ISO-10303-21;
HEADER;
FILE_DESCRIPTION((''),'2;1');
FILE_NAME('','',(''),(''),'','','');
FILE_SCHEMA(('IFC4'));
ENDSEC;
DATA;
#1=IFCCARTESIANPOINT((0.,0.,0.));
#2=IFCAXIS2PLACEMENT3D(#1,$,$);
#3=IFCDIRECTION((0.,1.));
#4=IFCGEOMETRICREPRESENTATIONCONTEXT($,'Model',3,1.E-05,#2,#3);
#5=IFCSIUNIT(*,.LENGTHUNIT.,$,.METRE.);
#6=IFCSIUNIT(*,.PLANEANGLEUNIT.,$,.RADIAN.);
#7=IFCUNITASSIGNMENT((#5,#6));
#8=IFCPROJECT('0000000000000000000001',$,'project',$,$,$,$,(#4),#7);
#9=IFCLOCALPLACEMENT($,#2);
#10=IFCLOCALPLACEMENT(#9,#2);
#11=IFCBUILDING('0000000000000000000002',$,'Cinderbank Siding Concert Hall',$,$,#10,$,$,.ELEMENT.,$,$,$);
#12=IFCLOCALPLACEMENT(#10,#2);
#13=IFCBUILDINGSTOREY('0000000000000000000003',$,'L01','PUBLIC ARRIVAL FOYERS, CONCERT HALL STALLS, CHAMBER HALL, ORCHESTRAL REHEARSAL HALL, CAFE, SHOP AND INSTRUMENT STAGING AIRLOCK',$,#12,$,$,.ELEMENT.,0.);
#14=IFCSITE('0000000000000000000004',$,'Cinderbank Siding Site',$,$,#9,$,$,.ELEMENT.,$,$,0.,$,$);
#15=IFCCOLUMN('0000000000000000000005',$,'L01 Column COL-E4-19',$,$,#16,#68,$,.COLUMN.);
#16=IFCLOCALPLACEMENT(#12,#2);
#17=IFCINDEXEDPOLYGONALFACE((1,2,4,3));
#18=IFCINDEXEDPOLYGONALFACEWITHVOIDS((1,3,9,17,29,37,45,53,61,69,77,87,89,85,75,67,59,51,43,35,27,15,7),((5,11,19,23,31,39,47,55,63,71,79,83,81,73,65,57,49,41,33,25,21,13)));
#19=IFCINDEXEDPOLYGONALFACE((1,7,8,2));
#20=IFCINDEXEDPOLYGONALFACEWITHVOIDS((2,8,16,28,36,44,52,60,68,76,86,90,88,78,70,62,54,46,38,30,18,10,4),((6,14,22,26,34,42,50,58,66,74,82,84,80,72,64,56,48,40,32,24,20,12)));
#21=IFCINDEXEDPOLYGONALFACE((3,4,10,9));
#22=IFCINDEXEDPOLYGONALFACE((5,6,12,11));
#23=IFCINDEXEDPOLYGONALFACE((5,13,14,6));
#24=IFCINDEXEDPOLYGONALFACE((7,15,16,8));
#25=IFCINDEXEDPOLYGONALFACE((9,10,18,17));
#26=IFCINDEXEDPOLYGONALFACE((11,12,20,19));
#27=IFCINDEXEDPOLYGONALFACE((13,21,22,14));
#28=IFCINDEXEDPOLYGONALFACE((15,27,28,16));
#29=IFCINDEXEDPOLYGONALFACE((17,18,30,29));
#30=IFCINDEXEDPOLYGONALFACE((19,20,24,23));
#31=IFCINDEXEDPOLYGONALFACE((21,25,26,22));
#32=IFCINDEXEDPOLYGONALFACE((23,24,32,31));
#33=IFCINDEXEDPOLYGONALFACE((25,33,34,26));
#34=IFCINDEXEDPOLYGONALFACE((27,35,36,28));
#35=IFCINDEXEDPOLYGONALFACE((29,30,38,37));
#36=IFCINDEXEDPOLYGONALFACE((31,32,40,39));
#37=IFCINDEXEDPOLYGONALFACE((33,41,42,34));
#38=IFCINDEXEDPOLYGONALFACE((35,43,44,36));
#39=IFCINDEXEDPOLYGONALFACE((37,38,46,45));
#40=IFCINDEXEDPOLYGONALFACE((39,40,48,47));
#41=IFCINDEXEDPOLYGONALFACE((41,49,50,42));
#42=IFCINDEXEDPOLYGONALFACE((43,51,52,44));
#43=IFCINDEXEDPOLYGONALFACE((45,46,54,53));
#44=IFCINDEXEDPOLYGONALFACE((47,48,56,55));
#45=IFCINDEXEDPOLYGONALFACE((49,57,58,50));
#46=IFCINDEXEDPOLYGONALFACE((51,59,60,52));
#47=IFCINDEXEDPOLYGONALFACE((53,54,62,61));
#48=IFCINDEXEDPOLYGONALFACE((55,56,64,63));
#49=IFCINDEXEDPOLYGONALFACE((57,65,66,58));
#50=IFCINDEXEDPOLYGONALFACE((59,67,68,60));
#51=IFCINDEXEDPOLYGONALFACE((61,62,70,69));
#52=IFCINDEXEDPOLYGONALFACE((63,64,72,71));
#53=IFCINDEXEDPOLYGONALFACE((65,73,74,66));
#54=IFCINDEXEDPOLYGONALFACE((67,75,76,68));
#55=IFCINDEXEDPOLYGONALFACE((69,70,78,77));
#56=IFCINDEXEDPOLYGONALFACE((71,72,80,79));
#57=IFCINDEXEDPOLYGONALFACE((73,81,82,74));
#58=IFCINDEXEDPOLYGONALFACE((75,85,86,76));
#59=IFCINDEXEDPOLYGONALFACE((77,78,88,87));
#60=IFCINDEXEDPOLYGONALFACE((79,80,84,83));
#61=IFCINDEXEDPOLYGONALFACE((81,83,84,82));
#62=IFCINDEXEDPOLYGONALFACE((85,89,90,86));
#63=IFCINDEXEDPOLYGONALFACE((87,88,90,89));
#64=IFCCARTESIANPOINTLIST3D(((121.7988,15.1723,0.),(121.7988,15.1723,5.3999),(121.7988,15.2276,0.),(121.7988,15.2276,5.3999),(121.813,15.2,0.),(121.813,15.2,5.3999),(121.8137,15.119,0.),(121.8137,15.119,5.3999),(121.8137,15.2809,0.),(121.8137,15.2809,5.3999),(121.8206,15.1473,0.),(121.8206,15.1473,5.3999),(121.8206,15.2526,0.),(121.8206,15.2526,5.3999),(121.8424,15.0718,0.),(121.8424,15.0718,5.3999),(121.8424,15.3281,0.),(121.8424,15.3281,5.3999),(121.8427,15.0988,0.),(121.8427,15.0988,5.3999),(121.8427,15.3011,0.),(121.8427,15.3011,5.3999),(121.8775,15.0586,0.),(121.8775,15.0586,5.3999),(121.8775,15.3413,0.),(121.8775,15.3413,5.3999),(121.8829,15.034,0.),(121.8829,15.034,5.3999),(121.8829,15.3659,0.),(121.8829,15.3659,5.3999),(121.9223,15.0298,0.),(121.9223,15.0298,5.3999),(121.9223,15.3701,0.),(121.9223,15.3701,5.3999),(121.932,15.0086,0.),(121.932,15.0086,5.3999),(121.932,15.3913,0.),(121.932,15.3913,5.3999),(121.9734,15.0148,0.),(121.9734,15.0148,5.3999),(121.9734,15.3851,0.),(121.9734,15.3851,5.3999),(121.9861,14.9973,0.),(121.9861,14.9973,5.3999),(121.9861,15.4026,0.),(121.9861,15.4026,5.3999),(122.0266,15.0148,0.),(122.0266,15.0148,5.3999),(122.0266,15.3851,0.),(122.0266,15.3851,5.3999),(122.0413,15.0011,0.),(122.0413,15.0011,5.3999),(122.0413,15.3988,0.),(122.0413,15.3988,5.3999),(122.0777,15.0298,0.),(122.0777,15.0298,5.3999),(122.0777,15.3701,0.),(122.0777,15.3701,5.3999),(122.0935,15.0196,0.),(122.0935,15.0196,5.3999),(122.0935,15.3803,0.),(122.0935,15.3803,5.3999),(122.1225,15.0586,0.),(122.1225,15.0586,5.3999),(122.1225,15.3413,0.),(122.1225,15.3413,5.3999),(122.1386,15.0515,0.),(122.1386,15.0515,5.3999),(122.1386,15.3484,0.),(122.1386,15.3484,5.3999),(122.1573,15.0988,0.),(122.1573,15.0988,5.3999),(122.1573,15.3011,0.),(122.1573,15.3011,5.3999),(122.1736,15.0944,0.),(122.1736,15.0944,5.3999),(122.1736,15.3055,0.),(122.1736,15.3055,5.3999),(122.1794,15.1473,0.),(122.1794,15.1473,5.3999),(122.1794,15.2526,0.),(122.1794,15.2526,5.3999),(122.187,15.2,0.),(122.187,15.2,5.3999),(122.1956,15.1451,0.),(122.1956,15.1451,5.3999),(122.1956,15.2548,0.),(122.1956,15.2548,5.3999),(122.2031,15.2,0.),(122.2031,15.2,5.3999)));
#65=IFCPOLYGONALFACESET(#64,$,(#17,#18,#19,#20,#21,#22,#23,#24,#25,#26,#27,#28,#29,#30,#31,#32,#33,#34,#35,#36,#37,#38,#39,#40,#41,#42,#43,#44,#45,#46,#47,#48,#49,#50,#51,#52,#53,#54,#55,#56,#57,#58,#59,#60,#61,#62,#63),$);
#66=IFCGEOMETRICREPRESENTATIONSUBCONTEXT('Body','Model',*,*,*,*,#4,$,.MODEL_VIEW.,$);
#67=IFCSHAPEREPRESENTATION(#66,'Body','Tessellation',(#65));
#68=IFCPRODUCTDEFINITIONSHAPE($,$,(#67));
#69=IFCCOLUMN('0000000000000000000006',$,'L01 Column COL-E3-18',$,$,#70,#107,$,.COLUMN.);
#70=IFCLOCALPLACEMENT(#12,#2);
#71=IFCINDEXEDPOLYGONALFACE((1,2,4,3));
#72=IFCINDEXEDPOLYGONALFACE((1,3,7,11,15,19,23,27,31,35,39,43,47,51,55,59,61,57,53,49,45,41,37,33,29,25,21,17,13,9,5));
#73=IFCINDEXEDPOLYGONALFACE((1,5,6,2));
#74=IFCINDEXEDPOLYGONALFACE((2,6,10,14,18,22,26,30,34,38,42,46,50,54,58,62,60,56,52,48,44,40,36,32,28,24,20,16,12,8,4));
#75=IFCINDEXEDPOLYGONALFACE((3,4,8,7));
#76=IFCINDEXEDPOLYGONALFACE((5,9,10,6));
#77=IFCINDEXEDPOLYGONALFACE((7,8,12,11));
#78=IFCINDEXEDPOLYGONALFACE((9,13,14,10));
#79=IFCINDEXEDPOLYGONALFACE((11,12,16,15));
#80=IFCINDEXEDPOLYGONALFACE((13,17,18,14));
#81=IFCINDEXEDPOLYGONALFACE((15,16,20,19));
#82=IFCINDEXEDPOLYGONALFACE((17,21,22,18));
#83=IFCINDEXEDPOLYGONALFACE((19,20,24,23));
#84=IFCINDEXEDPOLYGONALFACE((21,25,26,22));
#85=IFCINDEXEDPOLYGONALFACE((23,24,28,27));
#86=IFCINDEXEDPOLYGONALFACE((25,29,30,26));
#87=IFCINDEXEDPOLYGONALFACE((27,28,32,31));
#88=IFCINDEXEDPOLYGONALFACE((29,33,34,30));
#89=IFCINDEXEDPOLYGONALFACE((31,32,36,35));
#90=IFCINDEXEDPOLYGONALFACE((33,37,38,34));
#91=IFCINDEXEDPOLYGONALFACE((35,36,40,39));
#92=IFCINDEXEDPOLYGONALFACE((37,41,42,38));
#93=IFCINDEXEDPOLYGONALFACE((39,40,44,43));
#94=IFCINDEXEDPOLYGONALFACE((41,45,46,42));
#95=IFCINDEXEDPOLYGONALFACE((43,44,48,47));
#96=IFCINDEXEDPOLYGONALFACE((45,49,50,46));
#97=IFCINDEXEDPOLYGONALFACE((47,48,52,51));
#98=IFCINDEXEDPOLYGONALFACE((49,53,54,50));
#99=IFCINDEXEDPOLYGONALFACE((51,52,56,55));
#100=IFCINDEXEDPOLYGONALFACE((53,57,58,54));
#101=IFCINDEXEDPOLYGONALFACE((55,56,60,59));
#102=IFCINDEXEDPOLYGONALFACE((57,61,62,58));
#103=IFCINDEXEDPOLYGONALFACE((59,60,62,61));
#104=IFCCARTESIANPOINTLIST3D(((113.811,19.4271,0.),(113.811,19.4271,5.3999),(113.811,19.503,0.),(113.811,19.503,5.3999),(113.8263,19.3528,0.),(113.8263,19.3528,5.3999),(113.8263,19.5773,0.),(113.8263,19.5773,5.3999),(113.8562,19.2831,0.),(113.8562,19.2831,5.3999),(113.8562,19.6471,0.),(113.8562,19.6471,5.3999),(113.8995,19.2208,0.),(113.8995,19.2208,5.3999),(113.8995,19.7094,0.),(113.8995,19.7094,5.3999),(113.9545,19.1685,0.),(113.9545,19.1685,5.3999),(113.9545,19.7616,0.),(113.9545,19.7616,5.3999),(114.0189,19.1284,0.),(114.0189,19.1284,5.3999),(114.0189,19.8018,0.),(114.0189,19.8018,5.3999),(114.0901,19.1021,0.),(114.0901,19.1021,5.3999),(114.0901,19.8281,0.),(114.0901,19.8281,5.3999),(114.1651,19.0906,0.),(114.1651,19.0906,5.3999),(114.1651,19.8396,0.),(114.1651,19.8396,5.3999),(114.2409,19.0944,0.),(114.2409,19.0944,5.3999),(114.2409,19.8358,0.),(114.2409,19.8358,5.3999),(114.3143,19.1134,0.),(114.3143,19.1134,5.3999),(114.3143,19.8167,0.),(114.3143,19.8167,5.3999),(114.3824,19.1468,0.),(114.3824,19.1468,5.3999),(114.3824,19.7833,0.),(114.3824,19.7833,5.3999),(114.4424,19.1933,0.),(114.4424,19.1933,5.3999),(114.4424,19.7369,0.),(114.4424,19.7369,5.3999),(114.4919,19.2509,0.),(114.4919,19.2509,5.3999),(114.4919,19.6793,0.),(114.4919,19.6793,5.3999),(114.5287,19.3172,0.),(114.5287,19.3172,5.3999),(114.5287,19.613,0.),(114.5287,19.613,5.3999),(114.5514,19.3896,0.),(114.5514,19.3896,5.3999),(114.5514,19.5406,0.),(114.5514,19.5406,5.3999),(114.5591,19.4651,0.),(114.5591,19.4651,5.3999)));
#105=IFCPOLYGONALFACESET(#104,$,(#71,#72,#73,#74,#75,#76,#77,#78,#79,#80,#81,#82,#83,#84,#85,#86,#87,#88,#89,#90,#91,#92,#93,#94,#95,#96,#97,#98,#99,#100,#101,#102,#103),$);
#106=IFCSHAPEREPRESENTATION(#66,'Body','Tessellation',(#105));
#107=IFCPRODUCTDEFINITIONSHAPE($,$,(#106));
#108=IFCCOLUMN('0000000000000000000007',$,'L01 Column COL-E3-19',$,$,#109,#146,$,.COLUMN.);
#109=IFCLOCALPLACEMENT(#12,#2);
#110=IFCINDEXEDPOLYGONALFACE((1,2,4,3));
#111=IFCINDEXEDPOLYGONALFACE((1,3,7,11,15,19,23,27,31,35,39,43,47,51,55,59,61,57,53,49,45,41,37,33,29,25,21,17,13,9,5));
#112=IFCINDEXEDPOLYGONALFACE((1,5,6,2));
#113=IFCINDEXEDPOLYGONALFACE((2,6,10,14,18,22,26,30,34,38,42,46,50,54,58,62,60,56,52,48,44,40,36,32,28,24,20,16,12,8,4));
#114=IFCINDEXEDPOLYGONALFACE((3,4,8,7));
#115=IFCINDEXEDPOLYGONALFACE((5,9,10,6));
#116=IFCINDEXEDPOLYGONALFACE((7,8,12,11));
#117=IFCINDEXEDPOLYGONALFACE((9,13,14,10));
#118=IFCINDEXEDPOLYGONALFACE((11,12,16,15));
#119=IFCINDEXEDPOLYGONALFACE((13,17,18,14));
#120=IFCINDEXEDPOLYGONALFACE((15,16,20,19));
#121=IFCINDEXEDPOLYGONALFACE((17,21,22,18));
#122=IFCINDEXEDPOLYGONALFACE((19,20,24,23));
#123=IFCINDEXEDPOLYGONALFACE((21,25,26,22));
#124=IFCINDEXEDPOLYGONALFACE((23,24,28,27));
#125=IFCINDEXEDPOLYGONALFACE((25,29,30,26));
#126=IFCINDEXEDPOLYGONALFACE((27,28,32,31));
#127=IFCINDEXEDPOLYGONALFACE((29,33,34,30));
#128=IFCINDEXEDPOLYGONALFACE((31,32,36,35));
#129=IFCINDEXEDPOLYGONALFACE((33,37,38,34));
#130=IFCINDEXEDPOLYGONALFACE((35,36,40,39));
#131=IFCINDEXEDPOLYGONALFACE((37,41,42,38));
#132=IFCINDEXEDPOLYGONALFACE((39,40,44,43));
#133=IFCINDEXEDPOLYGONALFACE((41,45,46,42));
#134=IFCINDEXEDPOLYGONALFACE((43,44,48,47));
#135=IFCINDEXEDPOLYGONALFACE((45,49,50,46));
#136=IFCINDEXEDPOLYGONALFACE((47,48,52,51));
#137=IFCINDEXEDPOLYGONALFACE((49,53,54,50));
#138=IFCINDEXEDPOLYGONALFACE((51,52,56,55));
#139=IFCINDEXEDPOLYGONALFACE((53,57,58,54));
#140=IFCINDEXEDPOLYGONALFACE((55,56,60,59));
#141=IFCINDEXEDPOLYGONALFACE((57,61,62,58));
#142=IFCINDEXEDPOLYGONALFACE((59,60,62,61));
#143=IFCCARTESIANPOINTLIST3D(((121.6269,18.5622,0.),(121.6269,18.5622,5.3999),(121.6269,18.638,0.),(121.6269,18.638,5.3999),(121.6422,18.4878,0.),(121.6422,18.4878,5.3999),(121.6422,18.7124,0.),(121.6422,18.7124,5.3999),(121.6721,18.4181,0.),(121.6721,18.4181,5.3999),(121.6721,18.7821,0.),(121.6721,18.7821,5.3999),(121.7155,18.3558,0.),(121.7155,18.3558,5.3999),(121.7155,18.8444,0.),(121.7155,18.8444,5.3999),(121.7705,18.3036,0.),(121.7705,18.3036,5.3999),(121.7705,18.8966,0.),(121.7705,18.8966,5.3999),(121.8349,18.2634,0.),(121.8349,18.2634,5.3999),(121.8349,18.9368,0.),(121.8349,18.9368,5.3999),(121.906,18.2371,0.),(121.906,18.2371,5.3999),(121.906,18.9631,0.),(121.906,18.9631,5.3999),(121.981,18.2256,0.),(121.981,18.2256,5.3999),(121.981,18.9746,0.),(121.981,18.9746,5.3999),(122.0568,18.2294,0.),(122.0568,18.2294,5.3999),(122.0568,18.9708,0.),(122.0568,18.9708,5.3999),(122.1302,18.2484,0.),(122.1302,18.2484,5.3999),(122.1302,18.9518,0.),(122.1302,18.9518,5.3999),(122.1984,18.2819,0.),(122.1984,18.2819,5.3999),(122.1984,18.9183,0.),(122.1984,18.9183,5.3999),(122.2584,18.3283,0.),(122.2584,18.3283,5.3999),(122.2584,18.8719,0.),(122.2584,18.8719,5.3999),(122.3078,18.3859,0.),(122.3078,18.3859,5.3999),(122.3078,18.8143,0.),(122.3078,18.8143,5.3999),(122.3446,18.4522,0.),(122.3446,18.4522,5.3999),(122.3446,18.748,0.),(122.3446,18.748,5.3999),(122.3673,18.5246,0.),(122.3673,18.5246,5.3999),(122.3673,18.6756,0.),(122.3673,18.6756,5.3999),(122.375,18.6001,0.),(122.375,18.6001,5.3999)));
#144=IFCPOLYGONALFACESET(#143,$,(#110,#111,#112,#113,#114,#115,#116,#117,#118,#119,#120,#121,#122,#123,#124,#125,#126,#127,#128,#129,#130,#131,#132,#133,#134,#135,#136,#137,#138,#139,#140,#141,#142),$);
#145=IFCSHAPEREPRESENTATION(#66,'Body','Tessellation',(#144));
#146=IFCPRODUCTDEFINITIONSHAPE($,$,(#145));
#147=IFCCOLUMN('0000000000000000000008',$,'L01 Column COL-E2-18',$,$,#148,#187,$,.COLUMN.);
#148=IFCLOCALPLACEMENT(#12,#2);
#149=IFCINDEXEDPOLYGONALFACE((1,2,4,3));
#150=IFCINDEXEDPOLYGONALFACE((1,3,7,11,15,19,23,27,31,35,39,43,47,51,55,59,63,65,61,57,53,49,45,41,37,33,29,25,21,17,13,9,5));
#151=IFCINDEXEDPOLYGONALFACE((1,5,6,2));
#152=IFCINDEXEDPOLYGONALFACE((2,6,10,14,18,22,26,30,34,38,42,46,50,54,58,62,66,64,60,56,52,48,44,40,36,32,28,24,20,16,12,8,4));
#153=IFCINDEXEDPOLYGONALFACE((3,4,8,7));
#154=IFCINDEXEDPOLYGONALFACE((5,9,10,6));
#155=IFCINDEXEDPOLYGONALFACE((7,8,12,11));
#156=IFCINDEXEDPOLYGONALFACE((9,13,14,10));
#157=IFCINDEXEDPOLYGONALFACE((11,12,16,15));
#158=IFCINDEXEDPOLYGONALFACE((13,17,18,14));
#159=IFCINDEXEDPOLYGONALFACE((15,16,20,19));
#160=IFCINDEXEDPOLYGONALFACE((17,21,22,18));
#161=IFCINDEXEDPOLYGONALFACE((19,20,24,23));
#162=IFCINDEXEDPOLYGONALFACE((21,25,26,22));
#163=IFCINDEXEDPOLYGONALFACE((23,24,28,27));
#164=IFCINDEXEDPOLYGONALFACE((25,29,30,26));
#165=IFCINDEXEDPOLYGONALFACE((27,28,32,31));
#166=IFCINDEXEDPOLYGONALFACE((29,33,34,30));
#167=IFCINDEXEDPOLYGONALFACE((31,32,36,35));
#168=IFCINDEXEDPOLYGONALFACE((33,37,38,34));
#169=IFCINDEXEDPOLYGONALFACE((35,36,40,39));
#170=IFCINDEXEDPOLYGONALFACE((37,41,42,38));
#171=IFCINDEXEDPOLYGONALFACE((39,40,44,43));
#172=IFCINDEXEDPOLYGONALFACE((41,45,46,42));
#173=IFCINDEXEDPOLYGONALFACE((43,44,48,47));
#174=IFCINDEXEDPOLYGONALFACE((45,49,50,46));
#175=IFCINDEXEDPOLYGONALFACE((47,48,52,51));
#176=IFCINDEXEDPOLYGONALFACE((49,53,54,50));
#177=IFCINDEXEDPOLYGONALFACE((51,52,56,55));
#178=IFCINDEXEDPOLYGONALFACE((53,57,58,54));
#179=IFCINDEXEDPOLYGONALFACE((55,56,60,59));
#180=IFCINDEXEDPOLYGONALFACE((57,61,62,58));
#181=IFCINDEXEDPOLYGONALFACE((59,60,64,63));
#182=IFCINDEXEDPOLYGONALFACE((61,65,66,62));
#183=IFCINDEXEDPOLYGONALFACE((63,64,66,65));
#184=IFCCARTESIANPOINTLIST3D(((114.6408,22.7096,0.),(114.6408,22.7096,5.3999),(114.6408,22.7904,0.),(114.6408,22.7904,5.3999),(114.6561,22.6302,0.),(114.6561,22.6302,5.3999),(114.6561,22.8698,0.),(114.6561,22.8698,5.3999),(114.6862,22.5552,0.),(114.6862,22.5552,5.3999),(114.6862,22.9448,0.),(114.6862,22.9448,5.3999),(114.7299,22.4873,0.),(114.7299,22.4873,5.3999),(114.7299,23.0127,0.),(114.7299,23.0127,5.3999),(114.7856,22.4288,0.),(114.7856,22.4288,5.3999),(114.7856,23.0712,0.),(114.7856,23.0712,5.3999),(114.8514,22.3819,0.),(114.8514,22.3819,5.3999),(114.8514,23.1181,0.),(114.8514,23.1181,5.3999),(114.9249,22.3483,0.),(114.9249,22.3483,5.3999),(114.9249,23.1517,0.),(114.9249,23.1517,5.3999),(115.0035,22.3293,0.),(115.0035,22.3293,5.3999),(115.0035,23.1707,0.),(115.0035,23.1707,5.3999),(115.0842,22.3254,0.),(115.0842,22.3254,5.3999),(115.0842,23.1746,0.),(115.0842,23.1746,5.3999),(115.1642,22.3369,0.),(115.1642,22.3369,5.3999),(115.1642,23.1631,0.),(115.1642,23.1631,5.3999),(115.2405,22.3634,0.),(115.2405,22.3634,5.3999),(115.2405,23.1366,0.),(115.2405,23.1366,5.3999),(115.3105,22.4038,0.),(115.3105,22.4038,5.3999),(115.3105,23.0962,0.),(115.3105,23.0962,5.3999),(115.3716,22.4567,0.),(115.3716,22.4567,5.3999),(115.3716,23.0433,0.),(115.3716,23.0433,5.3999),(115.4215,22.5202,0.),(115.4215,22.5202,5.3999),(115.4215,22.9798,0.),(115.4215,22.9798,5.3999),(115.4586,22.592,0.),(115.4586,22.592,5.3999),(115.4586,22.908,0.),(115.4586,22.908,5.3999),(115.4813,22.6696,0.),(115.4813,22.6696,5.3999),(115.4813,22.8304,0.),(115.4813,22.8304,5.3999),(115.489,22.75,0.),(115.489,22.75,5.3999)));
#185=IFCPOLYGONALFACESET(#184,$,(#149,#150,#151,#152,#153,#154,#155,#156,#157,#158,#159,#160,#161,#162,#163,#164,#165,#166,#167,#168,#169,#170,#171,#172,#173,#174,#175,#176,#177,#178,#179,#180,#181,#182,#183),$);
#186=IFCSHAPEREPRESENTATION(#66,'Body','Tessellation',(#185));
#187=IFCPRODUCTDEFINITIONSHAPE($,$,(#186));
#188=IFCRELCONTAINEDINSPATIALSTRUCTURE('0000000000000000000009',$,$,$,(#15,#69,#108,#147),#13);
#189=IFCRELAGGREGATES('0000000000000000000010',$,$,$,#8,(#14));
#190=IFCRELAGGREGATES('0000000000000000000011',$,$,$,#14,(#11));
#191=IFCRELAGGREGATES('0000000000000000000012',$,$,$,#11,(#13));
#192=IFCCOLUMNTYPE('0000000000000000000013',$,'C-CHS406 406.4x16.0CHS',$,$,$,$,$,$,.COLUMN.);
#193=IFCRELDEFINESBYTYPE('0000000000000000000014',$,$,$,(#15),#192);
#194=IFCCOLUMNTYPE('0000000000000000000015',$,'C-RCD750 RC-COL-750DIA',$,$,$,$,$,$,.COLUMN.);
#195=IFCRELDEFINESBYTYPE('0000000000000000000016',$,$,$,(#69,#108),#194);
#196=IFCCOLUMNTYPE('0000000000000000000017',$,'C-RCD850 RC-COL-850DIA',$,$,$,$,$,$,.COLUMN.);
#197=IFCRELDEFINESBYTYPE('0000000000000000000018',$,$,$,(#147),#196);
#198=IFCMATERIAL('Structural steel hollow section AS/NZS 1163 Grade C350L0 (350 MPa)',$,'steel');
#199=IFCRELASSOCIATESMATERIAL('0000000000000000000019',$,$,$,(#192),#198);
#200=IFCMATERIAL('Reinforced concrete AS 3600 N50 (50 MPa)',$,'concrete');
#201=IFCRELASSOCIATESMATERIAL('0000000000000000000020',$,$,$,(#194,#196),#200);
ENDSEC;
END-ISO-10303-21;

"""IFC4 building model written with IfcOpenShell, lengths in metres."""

from ifc_helpers import new_model, si_unit, direction, frame, origin, origin_2d, place, context, subcontext, project, spatial, circle, hollow_circle, extrude, material, material_profile, profile_set, type_object, element, save


model = new_model("IFC4")

# Units and contexts
model_context = context("Model", 3, precision=1e-05, world=origin(), true_north=direction((0.0, 1.0)))
body_context = subcontext(model_context, "Body", "Model", "MODEL_VIEW")
ifc_project = project(units=[si_unit("LENGTHUNIT", "METRE"), si_unit("PLANEANGLEUNIT", "RADIAN")], contexts=[model_context])

# Site, building, storey
site_placement = place(None, origin())
site = spatial("IfcSite", under=ifc_project, at=site_placement, Name="Cinderbank Siding Site", CompositionType="ELEMENT", RefElevation=0.0)
building_placement = place(site_placement, origin())
building = spatial("IfcBuilding", under=site, at=building_placement, Name="Cinderbank Siding Concert Hall", CompositionType="ELEMENT")
storey_placement = place(building_placement, origin())
storey = spatial("IfcBuildingStorey", under=building, at=storey_placement, Name="L01", Description="PUBLIC ARRIVAL FOYERS, CONCERT HALL STALLS, CHAMBER HALL, ORCHESTRAL REHEARSAL HALL, CAFE, SHOP AND INSTRUMENT STAGING AIRLOCK", CompositionType="ELEMENT", Elevation=0.0)

# Columns
ifc_material_1 = material(Name="Structural steel hollow section AS/NZS 1163 Grade C350L0 (350 MPa)", Category="steel")
ifc_material_profile_1 = material_profile(ifc_material_1, hollow_circle(Radius=0.2031, WallThickness=0.0161, at=origin_2d()), Name="406.4x16.0CHS", Category="LoadBearing")
ifc_profile_set_1 = profile_set([ifc_material_profile_1], Name="Structural steel hollow section AS/NZS 1163 Grade C350L0 (350 MPa)")
column_type_1 = type_object("IfcColumnType", Name="C-CHS406 406.4x16.0CHS", PredefinedType="COLUMN", material=ifc_profile_set_1)
column_placement = place(storey_placement, frame((122.0, 15.2, 0.0), z_axis=(0.0, 0.0, 1.0), x_axis=(1.0, 0.0, 0.0)))
element("IfcColumn", 1, at=column_placement, inside=storey, type_object=column_type_1, Name="L01 Column COL-E4-19", PredefinedType="COLUMN", context=body_context, shape_type="SweptSolid", body=[
    extrude(hollow_circle(Radius=0.2031, WallThickness=0.0161, at=origin_2d()), origin(), (0.0, 0.0, 1.0), 5.3999),
])
ifc_material_2 = material(Name="Reinforced concrete AS 3600 N50 (50 MPa)", Category="concrete")
ifc_material_profile_2 = material_profile(ifc_material_2, circle(Radius=0.375, at=origin_2d()), Name="RC-COL-750DIA", Category="LoadBearing")
ifc_profile_set_2 = profile_set([ifc_material_profile_2], Name="Reinforced concrete AS 3600 N50 (50 MPa)")
column_type_2 = type_object("IfcColumnType", Name="C-RCD750 RC-COL-750DIA", PredefinedType="COLUMN", material=ifc_profile_set_2)
for number, where, z_axis, x_axis, name in (
    (2, (114.1841, 19.4651, 0.0), (0.0, 0.0, 1.0), (1.0, 0.0, 0.0), "L01 Column COL-E3-18"),
    (3, (122.0, 18.6001, 0.0), (0.0, 0.0, 1.0), (1.0, 0.0, 0.0), "L01 Column COL-E3-19"),
):
    element("IfcColumn", number, at=place(storey_placement, frame(where, z_axis=z_axis, x_axis=x_axis)), inside=storey, type_object=column_type_2, Name=name, PredefinedType="COLUMN", context=body_context, shape_type="SweptSolid", body=[
        extrude(circle(Radius=0.375, at=origin_2d()), origin(), (0.0, 0.0, 1.0), 5.3999),
    ])
ifc_material_profile_3 = material_profile(ifc_material_2, circle(Radius=0.425, at=origin_2d()), Name="RC-COL-850DIA", Category="LoadBearing")
ifc_profile_set_3 = profile_set([ifc_material_profile_3], Name="Reinforced concrete AS 3600 N50 (50 MPa)")
column_type_3 = type_object("IfcColumnType", Name="C-RCD850 RC-COL-850DIA", PredefinedType="COLUMN", material=ifc_profile_set_3)
for number, where, z_axis, x_axis, name in (
    (4, (115.064, 22.75, 0.0), (0.0, 0.0, 1.0), (1.0, 0.0, 0.0), "L01 Column COL-E2-18"),
):
    element("IfcColumn", number, at=place(storey_placement, frame(where, z_axis=z_axis, x_axis=x_axis)), inside=storey, type_object=column_type_3, Name=name, PredefinedType="COLUMN", context=body_context, shape_type="SweptSolid", body=[
        extrude(circle(Radius=0.425, at=origin_2d()), origin(), (0.0, 0.0, 1.0), 5.3999),
    ])

save(model, "model.ifc")
